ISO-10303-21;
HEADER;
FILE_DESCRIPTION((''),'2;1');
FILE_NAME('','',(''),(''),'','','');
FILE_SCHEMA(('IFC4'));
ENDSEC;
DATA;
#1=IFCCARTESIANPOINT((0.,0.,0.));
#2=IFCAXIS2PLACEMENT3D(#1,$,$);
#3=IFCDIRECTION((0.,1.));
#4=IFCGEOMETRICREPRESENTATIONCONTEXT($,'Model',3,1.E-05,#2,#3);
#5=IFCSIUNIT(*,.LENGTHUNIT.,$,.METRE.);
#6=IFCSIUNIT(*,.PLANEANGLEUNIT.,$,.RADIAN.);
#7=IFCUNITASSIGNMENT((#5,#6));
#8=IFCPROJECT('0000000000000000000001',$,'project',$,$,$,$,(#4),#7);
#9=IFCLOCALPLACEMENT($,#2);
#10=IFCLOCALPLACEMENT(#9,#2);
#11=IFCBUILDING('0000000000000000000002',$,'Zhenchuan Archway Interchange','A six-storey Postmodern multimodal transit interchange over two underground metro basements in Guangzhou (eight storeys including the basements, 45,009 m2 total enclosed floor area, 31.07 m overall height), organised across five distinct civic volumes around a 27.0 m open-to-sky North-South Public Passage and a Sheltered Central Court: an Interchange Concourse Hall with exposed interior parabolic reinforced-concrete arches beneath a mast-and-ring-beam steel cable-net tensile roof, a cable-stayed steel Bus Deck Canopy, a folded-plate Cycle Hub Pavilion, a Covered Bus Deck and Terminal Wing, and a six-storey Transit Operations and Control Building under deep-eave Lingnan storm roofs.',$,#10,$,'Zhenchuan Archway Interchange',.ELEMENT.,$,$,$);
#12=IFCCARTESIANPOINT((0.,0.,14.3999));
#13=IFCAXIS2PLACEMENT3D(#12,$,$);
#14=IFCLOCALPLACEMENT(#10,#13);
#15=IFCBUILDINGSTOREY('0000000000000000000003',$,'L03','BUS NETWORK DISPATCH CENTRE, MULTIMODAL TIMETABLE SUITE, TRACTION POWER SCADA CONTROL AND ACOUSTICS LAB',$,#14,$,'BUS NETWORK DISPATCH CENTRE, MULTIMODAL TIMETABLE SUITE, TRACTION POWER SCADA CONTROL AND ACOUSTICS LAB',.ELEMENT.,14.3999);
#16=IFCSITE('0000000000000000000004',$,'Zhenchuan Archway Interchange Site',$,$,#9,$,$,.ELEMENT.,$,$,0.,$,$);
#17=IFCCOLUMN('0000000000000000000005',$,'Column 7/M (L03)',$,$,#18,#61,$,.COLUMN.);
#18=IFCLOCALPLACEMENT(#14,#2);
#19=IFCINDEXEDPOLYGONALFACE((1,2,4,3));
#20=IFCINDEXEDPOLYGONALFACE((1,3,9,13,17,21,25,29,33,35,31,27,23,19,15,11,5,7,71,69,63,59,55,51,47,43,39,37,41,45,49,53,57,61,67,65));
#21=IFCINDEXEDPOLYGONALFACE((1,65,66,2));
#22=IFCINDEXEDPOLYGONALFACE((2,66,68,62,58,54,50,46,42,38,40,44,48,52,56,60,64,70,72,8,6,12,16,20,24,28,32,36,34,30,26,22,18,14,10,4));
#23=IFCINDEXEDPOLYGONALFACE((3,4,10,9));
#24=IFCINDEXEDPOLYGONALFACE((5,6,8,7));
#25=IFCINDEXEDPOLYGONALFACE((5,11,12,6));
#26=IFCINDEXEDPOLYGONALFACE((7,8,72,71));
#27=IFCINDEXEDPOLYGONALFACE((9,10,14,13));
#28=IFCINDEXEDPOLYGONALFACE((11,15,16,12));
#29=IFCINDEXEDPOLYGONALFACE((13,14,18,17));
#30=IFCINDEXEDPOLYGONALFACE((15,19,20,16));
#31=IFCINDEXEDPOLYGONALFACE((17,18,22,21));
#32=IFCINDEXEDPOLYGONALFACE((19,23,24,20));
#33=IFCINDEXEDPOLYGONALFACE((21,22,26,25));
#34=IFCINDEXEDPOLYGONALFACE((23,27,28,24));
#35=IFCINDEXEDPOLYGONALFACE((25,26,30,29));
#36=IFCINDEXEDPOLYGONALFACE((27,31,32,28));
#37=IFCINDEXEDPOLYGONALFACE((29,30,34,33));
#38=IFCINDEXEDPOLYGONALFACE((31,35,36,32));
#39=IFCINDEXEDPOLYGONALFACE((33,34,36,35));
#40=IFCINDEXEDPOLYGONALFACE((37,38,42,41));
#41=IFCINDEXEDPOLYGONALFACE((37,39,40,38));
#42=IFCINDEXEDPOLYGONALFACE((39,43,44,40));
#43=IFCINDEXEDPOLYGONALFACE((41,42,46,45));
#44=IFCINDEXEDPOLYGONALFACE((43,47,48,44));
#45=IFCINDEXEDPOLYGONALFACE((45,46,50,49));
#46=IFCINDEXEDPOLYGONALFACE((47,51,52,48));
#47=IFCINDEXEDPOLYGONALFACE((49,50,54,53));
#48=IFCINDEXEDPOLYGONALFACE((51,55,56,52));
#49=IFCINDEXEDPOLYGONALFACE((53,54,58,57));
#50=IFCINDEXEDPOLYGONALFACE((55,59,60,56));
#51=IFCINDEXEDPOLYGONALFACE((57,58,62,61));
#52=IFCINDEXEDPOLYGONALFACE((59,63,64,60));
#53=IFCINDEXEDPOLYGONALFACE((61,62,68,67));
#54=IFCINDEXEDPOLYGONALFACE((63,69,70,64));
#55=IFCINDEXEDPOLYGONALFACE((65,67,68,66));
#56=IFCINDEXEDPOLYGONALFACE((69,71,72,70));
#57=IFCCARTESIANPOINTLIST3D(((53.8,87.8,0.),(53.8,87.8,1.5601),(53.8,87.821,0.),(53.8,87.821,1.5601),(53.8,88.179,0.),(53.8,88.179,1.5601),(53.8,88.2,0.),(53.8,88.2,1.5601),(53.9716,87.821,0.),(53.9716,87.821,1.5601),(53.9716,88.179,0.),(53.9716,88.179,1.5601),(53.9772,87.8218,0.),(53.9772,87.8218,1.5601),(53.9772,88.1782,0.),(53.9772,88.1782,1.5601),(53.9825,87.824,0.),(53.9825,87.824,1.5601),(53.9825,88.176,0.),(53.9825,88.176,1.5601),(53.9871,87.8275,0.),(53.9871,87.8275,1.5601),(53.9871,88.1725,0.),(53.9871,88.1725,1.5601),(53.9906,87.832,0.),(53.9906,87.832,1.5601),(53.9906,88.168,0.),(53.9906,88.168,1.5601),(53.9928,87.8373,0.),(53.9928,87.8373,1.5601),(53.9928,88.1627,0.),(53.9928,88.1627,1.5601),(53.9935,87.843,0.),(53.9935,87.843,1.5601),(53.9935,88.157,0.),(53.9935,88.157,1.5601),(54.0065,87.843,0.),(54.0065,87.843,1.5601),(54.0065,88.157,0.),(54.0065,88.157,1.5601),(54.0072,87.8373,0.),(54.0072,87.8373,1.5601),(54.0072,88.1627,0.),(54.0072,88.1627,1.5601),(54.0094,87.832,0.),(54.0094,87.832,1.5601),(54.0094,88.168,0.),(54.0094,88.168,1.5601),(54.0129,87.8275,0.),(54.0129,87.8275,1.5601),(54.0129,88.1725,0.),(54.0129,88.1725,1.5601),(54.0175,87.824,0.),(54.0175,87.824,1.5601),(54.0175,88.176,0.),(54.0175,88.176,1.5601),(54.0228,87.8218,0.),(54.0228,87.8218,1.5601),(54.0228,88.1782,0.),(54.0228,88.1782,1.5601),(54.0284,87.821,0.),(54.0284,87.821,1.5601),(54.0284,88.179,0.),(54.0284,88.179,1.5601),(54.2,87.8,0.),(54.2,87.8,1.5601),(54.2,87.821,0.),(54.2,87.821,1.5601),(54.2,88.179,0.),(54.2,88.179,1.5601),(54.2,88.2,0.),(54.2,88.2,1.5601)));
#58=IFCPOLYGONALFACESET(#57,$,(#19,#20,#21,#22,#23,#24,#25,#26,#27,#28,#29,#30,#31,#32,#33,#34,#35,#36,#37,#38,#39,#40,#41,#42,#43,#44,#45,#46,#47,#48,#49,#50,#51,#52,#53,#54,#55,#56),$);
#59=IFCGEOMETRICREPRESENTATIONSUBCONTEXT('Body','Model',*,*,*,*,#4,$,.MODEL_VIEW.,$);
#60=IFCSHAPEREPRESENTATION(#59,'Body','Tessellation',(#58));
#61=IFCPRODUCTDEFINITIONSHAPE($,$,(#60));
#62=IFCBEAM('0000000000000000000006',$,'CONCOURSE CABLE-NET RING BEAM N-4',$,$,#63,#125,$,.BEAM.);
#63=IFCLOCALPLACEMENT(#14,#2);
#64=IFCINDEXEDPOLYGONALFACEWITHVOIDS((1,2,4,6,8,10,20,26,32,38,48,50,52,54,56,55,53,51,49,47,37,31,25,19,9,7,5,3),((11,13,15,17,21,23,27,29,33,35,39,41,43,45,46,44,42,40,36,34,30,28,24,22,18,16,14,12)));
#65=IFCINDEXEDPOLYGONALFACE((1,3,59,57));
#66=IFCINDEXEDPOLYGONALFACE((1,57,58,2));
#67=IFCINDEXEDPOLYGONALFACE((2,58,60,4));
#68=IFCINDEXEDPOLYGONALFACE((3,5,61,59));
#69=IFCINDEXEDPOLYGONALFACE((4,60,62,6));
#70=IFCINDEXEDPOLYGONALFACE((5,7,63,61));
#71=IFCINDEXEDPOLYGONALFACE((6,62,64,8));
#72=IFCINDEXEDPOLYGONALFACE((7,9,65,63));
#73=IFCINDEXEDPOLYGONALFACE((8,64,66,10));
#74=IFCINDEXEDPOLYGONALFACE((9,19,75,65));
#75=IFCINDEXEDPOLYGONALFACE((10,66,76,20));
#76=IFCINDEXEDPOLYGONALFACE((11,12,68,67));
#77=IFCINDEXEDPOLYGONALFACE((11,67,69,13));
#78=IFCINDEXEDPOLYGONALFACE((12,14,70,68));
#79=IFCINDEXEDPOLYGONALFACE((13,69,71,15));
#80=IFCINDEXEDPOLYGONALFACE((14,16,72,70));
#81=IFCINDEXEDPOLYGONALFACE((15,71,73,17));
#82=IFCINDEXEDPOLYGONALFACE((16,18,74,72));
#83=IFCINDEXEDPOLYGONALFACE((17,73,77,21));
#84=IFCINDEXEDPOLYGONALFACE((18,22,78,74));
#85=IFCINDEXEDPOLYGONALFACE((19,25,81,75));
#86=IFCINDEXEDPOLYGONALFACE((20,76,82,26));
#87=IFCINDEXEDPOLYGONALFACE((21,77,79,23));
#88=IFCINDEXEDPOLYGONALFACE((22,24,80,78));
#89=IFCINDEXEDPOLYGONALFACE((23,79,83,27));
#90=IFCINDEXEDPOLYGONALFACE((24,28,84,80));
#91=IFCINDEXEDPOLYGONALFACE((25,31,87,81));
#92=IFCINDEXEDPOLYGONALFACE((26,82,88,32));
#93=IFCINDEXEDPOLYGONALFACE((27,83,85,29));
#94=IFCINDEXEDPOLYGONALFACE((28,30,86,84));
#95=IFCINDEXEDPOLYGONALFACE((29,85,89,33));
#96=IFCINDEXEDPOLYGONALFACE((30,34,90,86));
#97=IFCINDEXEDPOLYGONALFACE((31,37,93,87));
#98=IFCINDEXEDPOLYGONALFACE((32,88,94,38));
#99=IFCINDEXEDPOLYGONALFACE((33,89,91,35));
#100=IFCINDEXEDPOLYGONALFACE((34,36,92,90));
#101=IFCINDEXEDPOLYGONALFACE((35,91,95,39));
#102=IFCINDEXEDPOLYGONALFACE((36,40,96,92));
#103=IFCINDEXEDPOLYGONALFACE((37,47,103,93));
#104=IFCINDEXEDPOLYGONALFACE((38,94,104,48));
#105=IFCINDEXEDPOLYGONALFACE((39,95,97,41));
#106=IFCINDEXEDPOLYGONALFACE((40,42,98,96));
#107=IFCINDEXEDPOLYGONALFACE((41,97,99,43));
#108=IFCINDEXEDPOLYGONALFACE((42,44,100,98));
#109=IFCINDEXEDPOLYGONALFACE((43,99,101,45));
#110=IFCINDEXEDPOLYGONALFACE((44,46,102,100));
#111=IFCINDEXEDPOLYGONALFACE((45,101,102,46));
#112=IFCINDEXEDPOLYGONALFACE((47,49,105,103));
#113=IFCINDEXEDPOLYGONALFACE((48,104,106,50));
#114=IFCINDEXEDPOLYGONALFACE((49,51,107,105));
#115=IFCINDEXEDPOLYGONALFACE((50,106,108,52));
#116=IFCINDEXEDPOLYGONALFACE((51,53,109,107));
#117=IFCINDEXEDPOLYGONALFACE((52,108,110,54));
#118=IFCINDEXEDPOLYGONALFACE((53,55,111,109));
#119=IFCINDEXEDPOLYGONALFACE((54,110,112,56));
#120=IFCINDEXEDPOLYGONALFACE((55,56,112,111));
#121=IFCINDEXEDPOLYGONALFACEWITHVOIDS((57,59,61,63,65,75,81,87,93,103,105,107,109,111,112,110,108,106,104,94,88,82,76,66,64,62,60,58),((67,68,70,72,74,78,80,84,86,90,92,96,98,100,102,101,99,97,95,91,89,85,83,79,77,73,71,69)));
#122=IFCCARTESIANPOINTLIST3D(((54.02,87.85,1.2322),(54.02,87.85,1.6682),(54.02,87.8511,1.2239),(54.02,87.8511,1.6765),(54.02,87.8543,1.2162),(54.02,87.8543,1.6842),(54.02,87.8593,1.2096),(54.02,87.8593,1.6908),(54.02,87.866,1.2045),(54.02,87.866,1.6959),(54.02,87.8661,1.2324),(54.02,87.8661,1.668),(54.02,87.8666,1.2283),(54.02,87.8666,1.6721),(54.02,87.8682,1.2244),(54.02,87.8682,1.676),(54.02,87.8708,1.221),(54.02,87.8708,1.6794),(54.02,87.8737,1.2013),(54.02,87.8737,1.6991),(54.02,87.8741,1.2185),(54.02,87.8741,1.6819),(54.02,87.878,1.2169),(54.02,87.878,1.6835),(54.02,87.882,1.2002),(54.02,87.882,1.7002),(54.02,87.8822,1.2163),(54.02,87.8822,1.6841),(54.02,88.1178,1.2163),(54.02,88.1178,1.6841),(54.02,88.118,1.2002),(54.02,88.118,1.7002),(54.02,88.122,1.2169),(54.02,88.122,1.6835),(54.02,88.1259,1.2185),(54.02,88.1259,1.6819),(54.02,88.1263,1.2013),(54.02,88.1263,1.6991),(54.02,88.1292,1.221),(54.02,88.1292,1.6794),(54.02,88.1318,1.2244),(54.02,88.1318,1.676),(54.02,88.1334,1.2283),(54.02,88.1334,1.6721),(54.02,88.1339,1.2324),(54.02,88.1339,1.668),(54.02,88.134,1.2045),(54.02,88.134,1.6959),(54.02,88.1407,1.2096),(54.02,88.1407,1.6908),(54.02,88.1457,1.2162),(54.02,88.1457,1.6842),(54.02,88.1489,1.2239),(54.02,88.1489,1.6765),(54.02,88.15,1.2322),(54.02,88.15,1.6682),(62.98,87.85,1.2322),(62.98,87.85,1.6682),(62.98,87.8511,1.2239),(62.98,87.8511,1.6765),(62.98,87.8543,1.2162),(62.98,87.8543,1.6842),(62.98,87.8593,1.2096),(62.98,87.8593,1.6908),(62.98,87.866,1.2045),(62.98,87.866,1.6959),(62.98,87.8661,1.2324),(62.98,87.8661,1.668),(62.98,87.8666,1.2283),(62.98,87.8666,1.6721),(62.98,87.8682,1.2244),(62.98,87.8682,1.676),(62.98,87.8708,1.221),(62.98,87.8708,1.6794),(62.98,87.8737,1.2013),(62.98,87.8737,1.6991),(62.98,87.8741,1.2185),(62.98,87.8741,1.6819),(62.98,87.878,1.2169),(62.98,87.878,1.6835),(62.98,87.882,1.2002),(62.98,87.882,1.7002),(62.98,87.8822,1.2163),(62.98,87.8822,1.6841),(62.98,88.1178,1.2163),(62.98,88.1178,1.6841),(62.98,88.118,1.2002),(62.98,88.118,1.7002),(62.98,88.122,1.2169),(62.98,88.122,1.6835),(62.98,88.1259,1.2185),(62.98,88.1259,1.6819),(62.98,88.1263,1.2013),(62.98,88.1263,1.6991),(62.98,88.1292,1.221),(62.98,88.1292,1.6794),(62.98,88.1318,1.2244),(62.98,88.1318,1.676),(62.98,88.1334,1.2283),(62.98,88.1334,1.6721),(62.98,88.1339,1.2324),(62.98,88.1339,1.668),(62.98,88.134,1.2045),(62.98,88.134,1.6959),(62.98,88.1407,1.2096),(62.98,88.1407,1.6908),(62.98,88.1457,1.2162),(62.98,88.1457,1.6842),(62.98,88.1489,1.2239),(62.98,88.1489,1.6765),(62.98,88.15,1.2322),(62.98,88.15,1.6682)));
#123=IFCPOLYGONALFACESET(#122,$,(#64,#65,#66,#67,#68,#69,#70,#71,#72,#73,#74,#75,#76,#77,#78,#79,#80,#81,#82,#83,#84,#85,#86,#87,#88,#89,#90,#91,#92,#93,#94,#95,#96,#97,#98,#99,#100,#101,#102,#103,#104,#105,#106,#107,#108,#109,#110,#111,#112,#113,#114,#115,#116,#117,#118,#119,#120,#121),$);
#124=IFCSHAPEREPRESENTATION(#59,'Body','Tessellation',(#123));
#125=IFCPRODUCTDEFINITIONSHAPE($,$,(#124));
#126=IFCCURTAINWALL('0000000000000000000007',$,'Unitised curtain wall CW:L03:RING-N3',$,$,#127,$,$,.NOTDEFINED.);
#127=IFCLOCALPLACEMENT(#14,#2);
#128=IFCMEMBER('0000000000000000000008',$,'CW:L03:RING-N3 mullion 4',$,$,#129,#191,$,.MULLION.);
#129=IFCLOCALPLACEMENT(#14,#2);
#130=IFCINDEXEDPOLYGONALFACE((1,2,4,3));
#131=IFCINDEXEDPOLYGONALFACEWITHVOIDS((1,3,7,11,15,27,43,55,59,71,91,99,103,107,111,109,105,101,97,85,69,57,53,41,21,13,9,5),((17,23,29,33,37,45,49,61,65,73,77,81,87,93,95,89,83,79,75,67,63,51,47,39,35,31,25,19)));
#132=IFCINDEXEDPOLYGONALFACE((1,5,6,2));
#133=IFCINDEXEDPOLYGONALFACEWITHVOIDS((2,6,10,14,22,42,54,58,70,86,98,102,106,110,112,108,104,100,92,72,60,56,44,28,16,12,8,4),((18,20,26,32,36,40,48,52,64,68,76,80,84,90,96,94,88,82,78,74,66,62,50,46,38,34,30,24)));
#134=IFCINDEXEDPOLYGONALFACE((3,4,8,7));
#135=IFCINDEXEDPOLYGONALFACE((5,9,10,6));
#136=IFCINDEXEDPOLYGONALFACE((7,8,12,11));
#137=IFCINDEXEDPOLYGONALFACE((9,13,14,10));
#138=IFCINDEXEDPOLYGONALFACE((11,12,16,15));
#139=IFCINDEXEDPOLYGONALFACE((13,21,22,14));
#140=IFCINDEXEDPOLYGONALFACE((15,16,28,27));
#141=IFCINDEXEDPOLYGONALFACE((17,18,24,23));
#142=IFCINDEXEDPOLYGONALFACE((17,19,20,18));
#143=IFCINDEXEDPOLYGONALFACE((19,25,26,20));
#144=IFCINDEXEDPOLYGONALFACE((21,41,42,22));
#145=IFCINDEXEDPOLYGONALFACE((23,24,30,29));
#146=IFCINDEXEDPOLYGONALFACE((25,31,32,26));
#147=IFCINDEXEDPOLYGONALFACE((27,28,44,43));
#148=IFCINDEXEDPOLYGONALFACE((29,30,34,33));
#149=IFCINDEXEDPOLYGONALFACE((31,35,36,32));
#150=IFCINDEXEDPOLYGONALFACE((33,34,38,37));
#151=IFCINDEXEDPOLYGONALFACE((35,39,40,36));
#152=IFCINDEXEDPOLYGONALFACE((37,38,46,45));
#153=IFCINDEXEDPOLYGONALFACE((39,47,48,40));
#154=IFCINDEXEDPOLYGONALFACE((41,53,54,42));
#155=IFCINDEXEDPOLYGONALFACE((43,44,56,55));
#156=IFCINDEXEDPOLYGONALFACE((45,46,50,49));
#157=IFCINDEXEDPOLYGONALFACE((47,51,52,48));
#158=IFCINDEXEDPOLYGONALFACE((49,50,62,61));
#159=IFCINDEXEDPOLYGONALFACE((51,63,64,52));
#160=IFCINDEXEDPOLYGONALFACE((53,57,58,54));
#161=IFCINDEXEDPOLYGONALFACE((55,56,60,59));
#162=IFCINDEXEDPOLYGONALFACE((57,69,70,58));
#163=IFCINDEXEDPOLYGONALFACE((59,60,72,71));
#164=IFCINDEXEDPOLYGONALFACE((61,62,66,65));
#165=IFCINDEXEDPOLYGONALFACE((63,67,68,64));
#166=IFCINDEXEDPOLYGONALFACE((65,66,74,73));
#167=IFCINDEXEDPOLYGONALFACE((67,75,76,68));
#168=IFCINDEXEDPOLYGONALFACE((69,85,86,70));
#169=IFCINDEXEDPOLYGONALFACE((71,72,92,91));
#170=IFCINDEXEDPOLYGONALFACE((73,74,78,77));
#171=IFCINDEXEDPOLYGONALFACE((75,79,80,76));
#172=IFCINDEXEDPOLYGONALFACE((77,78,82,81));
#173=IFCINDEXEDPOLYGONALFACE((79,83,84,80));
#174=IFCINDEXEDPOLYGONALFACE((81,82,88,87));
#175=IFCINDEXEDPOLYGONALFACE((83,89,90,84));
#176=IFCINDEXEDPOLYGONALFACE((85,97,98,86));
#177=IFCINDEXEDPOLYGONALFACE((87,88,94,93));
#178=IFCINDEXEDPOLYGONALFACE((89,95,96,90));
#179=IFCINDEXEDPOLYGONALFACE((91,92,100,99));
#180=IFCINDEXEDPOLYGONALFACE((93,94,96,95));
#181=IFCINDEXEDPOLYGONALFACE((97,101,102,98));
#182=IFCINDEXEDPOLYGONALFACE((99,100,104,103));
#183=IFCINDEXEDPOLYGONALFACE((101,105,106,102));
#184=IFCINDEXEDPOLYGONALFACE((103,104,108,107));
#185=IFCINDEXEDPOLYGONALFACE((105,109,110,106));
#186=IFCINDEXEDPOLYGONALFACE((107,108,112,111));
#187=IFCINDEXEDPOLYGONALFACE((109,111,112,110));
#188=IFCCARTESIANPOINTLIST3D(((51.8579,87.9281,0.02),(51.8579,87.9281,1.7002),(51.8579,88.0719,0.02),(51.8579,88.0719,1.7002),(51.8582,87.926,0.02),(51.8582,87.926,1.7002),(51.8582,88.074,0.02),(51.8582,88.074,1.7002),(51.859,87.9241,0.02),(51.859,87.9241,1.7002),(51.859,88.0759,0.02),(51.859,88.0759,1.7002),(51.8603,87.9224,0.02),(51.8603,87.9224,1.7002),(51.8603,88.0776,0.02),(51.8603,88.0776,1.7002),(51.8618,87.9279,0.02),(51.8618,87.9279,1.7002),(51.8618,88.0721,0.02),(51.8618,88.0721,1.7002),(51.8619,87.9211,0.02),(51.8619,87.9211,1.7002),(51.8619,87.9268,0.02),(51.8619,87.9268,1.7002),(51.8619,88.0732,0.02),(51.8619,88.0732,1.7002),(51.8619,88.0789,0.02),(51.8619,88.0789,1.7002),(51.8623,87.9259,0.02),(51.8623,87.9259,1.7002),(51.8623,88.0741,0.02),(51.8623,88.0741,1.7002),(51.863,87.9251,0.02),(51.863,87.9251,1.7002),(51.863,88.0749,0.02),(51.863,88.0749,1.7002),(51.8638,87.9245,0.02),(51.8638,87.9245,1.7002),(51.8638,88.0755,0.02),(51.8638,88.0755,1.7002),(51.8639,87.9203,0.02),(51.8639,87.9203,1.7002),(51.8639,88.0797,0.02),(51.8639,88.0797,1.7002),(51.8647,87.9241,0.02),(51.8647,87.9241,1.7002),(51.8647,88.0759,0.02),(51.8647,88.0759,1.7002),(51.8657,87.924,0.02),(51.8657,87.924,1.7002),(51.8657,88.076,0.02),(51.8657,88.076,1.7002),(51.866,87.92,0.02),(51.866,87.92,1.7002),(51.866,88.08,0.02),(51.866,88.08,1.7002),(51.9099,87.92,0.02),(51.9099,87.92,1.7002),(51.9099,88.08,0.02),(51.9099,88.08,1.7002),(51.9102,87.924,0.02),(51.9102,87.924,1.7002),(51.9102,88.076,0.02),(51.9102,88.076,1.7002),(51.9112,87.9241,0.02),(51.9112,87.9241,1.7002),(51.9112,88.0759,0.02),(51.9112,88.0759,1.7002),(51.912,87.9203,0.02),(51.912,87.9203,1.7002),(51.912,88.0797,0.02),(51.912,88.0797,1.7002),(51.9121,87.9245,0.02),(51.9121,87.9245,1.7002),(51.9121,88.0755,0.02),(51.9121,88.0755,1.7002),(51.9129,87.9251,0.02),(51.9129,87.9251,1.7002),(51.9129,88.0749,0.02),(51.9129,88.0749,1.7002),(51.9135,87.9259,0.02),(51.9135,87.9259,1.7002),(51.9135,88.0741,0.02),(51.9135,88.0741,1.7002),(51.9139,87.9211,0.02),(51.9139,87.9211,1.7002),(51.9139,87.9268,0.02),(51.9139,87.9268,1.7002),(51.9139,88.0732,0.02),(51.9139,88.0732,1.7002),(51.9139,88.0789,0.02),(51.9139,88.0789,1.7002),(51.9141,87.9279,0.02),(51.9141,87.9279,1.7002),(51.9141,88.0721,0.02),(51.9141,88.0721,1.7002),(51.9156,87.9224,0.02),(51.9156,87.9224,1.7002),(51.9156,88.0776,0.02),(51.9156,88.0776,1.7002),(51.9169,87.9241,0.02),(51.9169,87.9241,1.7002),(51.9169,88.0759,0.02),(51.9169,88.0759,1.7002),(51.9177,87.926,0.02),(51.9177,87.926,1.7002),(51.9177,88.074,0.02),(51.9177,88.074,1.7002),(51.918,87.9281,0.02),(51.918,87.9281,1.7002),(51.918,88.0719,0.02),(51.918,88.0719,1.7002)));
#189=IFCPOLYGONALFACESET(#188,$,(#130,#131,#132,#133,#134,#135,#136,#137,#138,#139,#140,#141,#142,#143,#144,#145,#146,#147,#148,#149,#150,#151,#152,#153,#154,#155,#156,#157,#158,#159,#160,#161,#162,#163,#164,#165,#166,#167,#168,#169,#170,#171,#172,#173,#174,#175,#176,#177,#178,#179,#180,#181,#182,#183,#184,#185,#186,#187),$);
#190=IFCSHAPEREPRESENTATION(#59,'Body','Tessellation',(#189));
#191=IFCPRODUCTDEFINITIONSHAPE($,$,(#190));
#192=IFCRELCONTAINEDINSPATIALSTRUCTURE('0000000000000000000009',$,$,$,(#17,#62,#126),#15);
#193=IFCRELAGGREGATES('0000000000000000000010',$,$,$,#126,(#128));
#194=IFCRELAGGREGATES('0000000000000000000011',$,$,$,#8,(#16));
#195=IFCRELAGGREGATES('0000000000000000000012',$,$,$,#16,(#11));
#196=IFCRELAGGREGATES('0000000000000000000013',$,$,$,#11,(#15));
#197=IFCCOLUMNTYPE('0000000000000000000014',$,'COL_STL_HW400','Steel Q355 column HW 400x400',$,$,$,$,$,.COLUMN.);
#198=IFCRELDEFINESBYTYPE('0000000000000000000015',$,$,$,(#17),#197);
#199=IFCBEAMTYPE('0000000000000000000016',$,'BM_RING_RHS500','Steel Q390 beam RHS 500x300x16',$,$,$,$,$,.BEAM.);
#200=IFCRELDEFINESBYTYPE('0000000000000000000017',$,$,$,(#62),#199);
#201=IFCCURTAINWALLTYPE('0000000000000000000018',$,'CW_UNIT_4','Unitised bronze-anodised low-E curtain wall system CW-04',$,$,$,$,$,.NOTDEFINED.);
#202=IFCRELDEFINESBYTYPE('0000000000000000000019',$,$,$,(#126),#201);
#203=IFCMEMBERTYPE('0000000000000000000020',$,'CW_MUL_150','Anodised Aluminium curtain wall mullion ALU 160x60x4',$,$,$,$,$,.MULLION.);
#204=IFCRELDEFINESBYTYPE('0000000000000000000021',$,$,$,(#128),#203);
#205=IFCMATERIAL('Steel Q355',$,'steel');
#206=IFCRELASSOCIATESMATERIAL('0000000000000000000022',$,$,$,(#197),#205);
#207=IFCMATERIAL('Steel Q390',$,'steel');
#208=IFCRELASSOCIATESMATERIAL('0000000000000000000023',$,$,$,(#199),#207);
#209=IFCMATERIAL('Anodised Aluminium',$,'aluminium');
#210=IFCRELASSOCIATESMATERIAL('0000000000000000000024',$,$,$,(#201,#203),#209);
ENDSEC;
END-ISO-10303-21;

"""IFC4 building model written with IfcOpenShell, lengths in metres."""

from ifc_helpers import new_model, si_unit, direction, frame, origin, origin_2d, place, context, subcontext, project, spatial, hollow_rectangle, i_section, extrude, material, material_profile, profile_set, type_object, element, aggregate, save


model = new_model("IFC4")

# Units and contexts
model_context = context("Model", 3, precision=1e-05, world=origin(), true_north=direction((0.0, 1.0)))
body_context = subcontext(model_context, "Body", "Model", "MODEL_VIEW")
ifc_project = project(units=[si_unit("LENGTHUNIT", "METRE"), si_unit("PLANEANGLEUNIT", "RADIAN")], contexts=[model_context])

# Site, building, storey
site_placement = place(None, origin())
site = spatial("IfcSite", under=ifc_project, at=site_placement, Name="Zhenchuan Archway Interchange Site", CompositionType="ELEMENT", RefElevation=0.0)
building_placement = place(site_placement, origin())
building = spatial("IfcBuilding", under=site, at=building_placement, Name="Zhenchuan Archway Interchange", Description="A six-storey Postmodern multimodal transit interchange over two underground metro basements in Guangzhou (eight storeys including the basements, 45,009 m2 total enclosed floor area, 31.07 m overall height), organised across five distinct civic volumes around a 27.0 m open-to-sky North-South Public Passage and a Sheltered Central Court: an Interchange Concourse Hall with exposed interior parabolic reinforced-concrete arches beneath a mast-and-ring-beam steel cable-net tensile roof, a cable-stayed steel Bus Deck Canopy, a folded-plate Cycle Hub Pavilion, a Covered Bus Deck and Terminal Wing, and a six-storey Transit Operations and Control Building under deep-eave Lingnan storm roofs.", LongName="Zhenchuan Archway Interchange", CompositionType="ELEMENT")
storey_placement = place(building_placement, frame((0.0, 0.0, 14.3999)))
storey = spatial("IfcBuildingStorey", under=building, at=storey_placement, Name="L03", Description="BUS NETWORK DISPATCH CENTRE, MULTIMODAL TIMETABLE SUITE, TRACTION POWER SCADA CONTROL AND ACOUSTICS LAB", LongName="BUS NETWORK DISPATCH CENTRE, MULTIMODAL TIMETABLE SUITE, TRACTION POWER SCADA CONTROL AND ACOUSTICS LAB", CompositionType="ELEMENT", Elevation=14.3999)

# Column
ifc_material_1 = material(Name="Steel Q355", Category="steel")
ifc_material_profile_1 = material_profile(ifc_material_1, i_section(OverallWidth=0.3999, OverallDepth=0.3999, WebThickness=0.0129, FlangeThickness=0.021, FilletRadius=0.022, at=origin_2d()), Name="HW 400x400")
ifc_profile_set_1 = profile_set([ifc_material_profile_1], Name="Steel Q355")
column_type = type_object("IfcColumnType", Name="COL_STL_HW400", Description="Steel Q355 column HW 400x400", PredefinedType="COLUMN", material=ifc_profile_set_1)
column_placement = place(storey_placement, frame((54.0, 88.0, 0.0), z_axis=(0.0, 0.0, 1.0), x_axis=(1.0, 0.0, 0.0)))
element("IfcColumn", 1, at=column_placement, inside=storey, type_object=column_type, Name="Column 7/M (L03)", PredefinedType="COLUMN", context=body_context, shape_type="SweptSolid", body=[
    extrude(i_section(OverallWidth=0.3999, OverallDepth=0.3999, WebThickness=0.0129, FlangeThickness=0.021, FilletRadius=0.022, at=origin_2d()), origin(), (0.0, 0.0, 1.0), 1.5601),
])

# Beam
ifc_material_2 = material(Name="Steel Q390", Category="steel")
ifc_material_profile_2 = material_profile(ifc_material_2, hollow_rectangle(XDim=0.3, YDim=0.5, WallThickness=0.0161, InnerFilletRadius=0.0161, OuterFilletRadius=0.032, at=origin_2d()), Name="RHS 500x300x16")
ifc_profile_set_2 = profile_set([ifc_material_profile_2], Name="Steel Q390")
beam_type = type_object("IfcBeamType", Name="BM_RING_RHS500", Description="Steel Q390 beam RHS 500x300x16", PredefinedType="BEAM", material=ifc_profile_set_2)
beam_placement = place(storey_placement, frame((54.02, 88.0, 1.4502), z_axis=(1.0, 0.0, 0.0), x_axis=(0.0, 1.0, 0.0)))
element("IfcBeam", 2, at=beam_placement, inside=storey, type_object=beam_type, Name="CONCOURSE CABLE-NET RING BEAM N-4", PredefinedType="BEAM", context=body_context, shape_type="SweptSolid", body=[
    extrude(hollow_rectangle(XDim=0.3, YDim=0.5, WallThickness=0.0161, InnerFilletRadius=0.0161, OuterFilletRadius=0.032, at=origin_2d()), origin(), (0.0, 0.0, 1.0), 8.96),
])

# Curtain wall, member
ifc_material_3 = material(Name="Anodised Aluminium", Category="aluminium")
curtain_wall_type = type_object("IfcCurtainWallType", Name="CW_UNIT_4", Description="Unitised bronze-anodised low-E curtain wall system CW-04", PredefinedType="NOTDEFINED", material=ifc_material_3)
curtain_wall_1_placement = place(storey_placement, origin())
curtain_wall_1 = element("IfcCurtainWall", 3, at=curtain_wall_1_placement, inside=storey, type_object=curtain_wall_type, Name="Unitised curtain wall CW:L03:RING-N3", PredefinedType="NOTDEFINED")
ifc_material_profile_3 = material_profile(ifc_material_3, hollow_rectangle(XDim=0.0601, YDim=0.1599, WallThickness=0.0039, InnerFilletRadius=0.0039, OuterFilletRadius=0.0081, at=origin_2d()), Name="ALU 160x60x4")
ifc_profile_set_3 = profile_set([ifc_material_profile_3], Name="Anodised Aluminium")
member_type_1 = type_object("IfcMemberType", Name="CW_MUL_150", Description="Anodised Aluminium curtain wall mullion ALU 160x60x4", PredefinedType="MULLION", material=ifc_profile_set_3)
member_1_placement = place(storey_placement, frame((51.8879, 88.0, 0.02), z_axis=(0.0, 0.0, 1.0), x_axis=(1.0, 0.0, 0.0)))
member_1 = element("IfcMember", 4, at=member_1_placement, type_object=member_type_1, Name="CW:L03:RING-N3 mullion 4", PredefinedType="MULLION", context=body_context, shape_type="SweptSolid", body=[
    extrude(hollow_rectangle(XDim=0.0601, YDim=0.1599, WallThickness=0.0039, InnerFilletRadius=0.0039, OuterFilletRadius=0.0081, at=origin_2d()), origin(), (0.0, 0.0, 1.0), 1.6802),
])

aggregate(curtain_wall_1, [member_1])

save(model, "model.ifc")
